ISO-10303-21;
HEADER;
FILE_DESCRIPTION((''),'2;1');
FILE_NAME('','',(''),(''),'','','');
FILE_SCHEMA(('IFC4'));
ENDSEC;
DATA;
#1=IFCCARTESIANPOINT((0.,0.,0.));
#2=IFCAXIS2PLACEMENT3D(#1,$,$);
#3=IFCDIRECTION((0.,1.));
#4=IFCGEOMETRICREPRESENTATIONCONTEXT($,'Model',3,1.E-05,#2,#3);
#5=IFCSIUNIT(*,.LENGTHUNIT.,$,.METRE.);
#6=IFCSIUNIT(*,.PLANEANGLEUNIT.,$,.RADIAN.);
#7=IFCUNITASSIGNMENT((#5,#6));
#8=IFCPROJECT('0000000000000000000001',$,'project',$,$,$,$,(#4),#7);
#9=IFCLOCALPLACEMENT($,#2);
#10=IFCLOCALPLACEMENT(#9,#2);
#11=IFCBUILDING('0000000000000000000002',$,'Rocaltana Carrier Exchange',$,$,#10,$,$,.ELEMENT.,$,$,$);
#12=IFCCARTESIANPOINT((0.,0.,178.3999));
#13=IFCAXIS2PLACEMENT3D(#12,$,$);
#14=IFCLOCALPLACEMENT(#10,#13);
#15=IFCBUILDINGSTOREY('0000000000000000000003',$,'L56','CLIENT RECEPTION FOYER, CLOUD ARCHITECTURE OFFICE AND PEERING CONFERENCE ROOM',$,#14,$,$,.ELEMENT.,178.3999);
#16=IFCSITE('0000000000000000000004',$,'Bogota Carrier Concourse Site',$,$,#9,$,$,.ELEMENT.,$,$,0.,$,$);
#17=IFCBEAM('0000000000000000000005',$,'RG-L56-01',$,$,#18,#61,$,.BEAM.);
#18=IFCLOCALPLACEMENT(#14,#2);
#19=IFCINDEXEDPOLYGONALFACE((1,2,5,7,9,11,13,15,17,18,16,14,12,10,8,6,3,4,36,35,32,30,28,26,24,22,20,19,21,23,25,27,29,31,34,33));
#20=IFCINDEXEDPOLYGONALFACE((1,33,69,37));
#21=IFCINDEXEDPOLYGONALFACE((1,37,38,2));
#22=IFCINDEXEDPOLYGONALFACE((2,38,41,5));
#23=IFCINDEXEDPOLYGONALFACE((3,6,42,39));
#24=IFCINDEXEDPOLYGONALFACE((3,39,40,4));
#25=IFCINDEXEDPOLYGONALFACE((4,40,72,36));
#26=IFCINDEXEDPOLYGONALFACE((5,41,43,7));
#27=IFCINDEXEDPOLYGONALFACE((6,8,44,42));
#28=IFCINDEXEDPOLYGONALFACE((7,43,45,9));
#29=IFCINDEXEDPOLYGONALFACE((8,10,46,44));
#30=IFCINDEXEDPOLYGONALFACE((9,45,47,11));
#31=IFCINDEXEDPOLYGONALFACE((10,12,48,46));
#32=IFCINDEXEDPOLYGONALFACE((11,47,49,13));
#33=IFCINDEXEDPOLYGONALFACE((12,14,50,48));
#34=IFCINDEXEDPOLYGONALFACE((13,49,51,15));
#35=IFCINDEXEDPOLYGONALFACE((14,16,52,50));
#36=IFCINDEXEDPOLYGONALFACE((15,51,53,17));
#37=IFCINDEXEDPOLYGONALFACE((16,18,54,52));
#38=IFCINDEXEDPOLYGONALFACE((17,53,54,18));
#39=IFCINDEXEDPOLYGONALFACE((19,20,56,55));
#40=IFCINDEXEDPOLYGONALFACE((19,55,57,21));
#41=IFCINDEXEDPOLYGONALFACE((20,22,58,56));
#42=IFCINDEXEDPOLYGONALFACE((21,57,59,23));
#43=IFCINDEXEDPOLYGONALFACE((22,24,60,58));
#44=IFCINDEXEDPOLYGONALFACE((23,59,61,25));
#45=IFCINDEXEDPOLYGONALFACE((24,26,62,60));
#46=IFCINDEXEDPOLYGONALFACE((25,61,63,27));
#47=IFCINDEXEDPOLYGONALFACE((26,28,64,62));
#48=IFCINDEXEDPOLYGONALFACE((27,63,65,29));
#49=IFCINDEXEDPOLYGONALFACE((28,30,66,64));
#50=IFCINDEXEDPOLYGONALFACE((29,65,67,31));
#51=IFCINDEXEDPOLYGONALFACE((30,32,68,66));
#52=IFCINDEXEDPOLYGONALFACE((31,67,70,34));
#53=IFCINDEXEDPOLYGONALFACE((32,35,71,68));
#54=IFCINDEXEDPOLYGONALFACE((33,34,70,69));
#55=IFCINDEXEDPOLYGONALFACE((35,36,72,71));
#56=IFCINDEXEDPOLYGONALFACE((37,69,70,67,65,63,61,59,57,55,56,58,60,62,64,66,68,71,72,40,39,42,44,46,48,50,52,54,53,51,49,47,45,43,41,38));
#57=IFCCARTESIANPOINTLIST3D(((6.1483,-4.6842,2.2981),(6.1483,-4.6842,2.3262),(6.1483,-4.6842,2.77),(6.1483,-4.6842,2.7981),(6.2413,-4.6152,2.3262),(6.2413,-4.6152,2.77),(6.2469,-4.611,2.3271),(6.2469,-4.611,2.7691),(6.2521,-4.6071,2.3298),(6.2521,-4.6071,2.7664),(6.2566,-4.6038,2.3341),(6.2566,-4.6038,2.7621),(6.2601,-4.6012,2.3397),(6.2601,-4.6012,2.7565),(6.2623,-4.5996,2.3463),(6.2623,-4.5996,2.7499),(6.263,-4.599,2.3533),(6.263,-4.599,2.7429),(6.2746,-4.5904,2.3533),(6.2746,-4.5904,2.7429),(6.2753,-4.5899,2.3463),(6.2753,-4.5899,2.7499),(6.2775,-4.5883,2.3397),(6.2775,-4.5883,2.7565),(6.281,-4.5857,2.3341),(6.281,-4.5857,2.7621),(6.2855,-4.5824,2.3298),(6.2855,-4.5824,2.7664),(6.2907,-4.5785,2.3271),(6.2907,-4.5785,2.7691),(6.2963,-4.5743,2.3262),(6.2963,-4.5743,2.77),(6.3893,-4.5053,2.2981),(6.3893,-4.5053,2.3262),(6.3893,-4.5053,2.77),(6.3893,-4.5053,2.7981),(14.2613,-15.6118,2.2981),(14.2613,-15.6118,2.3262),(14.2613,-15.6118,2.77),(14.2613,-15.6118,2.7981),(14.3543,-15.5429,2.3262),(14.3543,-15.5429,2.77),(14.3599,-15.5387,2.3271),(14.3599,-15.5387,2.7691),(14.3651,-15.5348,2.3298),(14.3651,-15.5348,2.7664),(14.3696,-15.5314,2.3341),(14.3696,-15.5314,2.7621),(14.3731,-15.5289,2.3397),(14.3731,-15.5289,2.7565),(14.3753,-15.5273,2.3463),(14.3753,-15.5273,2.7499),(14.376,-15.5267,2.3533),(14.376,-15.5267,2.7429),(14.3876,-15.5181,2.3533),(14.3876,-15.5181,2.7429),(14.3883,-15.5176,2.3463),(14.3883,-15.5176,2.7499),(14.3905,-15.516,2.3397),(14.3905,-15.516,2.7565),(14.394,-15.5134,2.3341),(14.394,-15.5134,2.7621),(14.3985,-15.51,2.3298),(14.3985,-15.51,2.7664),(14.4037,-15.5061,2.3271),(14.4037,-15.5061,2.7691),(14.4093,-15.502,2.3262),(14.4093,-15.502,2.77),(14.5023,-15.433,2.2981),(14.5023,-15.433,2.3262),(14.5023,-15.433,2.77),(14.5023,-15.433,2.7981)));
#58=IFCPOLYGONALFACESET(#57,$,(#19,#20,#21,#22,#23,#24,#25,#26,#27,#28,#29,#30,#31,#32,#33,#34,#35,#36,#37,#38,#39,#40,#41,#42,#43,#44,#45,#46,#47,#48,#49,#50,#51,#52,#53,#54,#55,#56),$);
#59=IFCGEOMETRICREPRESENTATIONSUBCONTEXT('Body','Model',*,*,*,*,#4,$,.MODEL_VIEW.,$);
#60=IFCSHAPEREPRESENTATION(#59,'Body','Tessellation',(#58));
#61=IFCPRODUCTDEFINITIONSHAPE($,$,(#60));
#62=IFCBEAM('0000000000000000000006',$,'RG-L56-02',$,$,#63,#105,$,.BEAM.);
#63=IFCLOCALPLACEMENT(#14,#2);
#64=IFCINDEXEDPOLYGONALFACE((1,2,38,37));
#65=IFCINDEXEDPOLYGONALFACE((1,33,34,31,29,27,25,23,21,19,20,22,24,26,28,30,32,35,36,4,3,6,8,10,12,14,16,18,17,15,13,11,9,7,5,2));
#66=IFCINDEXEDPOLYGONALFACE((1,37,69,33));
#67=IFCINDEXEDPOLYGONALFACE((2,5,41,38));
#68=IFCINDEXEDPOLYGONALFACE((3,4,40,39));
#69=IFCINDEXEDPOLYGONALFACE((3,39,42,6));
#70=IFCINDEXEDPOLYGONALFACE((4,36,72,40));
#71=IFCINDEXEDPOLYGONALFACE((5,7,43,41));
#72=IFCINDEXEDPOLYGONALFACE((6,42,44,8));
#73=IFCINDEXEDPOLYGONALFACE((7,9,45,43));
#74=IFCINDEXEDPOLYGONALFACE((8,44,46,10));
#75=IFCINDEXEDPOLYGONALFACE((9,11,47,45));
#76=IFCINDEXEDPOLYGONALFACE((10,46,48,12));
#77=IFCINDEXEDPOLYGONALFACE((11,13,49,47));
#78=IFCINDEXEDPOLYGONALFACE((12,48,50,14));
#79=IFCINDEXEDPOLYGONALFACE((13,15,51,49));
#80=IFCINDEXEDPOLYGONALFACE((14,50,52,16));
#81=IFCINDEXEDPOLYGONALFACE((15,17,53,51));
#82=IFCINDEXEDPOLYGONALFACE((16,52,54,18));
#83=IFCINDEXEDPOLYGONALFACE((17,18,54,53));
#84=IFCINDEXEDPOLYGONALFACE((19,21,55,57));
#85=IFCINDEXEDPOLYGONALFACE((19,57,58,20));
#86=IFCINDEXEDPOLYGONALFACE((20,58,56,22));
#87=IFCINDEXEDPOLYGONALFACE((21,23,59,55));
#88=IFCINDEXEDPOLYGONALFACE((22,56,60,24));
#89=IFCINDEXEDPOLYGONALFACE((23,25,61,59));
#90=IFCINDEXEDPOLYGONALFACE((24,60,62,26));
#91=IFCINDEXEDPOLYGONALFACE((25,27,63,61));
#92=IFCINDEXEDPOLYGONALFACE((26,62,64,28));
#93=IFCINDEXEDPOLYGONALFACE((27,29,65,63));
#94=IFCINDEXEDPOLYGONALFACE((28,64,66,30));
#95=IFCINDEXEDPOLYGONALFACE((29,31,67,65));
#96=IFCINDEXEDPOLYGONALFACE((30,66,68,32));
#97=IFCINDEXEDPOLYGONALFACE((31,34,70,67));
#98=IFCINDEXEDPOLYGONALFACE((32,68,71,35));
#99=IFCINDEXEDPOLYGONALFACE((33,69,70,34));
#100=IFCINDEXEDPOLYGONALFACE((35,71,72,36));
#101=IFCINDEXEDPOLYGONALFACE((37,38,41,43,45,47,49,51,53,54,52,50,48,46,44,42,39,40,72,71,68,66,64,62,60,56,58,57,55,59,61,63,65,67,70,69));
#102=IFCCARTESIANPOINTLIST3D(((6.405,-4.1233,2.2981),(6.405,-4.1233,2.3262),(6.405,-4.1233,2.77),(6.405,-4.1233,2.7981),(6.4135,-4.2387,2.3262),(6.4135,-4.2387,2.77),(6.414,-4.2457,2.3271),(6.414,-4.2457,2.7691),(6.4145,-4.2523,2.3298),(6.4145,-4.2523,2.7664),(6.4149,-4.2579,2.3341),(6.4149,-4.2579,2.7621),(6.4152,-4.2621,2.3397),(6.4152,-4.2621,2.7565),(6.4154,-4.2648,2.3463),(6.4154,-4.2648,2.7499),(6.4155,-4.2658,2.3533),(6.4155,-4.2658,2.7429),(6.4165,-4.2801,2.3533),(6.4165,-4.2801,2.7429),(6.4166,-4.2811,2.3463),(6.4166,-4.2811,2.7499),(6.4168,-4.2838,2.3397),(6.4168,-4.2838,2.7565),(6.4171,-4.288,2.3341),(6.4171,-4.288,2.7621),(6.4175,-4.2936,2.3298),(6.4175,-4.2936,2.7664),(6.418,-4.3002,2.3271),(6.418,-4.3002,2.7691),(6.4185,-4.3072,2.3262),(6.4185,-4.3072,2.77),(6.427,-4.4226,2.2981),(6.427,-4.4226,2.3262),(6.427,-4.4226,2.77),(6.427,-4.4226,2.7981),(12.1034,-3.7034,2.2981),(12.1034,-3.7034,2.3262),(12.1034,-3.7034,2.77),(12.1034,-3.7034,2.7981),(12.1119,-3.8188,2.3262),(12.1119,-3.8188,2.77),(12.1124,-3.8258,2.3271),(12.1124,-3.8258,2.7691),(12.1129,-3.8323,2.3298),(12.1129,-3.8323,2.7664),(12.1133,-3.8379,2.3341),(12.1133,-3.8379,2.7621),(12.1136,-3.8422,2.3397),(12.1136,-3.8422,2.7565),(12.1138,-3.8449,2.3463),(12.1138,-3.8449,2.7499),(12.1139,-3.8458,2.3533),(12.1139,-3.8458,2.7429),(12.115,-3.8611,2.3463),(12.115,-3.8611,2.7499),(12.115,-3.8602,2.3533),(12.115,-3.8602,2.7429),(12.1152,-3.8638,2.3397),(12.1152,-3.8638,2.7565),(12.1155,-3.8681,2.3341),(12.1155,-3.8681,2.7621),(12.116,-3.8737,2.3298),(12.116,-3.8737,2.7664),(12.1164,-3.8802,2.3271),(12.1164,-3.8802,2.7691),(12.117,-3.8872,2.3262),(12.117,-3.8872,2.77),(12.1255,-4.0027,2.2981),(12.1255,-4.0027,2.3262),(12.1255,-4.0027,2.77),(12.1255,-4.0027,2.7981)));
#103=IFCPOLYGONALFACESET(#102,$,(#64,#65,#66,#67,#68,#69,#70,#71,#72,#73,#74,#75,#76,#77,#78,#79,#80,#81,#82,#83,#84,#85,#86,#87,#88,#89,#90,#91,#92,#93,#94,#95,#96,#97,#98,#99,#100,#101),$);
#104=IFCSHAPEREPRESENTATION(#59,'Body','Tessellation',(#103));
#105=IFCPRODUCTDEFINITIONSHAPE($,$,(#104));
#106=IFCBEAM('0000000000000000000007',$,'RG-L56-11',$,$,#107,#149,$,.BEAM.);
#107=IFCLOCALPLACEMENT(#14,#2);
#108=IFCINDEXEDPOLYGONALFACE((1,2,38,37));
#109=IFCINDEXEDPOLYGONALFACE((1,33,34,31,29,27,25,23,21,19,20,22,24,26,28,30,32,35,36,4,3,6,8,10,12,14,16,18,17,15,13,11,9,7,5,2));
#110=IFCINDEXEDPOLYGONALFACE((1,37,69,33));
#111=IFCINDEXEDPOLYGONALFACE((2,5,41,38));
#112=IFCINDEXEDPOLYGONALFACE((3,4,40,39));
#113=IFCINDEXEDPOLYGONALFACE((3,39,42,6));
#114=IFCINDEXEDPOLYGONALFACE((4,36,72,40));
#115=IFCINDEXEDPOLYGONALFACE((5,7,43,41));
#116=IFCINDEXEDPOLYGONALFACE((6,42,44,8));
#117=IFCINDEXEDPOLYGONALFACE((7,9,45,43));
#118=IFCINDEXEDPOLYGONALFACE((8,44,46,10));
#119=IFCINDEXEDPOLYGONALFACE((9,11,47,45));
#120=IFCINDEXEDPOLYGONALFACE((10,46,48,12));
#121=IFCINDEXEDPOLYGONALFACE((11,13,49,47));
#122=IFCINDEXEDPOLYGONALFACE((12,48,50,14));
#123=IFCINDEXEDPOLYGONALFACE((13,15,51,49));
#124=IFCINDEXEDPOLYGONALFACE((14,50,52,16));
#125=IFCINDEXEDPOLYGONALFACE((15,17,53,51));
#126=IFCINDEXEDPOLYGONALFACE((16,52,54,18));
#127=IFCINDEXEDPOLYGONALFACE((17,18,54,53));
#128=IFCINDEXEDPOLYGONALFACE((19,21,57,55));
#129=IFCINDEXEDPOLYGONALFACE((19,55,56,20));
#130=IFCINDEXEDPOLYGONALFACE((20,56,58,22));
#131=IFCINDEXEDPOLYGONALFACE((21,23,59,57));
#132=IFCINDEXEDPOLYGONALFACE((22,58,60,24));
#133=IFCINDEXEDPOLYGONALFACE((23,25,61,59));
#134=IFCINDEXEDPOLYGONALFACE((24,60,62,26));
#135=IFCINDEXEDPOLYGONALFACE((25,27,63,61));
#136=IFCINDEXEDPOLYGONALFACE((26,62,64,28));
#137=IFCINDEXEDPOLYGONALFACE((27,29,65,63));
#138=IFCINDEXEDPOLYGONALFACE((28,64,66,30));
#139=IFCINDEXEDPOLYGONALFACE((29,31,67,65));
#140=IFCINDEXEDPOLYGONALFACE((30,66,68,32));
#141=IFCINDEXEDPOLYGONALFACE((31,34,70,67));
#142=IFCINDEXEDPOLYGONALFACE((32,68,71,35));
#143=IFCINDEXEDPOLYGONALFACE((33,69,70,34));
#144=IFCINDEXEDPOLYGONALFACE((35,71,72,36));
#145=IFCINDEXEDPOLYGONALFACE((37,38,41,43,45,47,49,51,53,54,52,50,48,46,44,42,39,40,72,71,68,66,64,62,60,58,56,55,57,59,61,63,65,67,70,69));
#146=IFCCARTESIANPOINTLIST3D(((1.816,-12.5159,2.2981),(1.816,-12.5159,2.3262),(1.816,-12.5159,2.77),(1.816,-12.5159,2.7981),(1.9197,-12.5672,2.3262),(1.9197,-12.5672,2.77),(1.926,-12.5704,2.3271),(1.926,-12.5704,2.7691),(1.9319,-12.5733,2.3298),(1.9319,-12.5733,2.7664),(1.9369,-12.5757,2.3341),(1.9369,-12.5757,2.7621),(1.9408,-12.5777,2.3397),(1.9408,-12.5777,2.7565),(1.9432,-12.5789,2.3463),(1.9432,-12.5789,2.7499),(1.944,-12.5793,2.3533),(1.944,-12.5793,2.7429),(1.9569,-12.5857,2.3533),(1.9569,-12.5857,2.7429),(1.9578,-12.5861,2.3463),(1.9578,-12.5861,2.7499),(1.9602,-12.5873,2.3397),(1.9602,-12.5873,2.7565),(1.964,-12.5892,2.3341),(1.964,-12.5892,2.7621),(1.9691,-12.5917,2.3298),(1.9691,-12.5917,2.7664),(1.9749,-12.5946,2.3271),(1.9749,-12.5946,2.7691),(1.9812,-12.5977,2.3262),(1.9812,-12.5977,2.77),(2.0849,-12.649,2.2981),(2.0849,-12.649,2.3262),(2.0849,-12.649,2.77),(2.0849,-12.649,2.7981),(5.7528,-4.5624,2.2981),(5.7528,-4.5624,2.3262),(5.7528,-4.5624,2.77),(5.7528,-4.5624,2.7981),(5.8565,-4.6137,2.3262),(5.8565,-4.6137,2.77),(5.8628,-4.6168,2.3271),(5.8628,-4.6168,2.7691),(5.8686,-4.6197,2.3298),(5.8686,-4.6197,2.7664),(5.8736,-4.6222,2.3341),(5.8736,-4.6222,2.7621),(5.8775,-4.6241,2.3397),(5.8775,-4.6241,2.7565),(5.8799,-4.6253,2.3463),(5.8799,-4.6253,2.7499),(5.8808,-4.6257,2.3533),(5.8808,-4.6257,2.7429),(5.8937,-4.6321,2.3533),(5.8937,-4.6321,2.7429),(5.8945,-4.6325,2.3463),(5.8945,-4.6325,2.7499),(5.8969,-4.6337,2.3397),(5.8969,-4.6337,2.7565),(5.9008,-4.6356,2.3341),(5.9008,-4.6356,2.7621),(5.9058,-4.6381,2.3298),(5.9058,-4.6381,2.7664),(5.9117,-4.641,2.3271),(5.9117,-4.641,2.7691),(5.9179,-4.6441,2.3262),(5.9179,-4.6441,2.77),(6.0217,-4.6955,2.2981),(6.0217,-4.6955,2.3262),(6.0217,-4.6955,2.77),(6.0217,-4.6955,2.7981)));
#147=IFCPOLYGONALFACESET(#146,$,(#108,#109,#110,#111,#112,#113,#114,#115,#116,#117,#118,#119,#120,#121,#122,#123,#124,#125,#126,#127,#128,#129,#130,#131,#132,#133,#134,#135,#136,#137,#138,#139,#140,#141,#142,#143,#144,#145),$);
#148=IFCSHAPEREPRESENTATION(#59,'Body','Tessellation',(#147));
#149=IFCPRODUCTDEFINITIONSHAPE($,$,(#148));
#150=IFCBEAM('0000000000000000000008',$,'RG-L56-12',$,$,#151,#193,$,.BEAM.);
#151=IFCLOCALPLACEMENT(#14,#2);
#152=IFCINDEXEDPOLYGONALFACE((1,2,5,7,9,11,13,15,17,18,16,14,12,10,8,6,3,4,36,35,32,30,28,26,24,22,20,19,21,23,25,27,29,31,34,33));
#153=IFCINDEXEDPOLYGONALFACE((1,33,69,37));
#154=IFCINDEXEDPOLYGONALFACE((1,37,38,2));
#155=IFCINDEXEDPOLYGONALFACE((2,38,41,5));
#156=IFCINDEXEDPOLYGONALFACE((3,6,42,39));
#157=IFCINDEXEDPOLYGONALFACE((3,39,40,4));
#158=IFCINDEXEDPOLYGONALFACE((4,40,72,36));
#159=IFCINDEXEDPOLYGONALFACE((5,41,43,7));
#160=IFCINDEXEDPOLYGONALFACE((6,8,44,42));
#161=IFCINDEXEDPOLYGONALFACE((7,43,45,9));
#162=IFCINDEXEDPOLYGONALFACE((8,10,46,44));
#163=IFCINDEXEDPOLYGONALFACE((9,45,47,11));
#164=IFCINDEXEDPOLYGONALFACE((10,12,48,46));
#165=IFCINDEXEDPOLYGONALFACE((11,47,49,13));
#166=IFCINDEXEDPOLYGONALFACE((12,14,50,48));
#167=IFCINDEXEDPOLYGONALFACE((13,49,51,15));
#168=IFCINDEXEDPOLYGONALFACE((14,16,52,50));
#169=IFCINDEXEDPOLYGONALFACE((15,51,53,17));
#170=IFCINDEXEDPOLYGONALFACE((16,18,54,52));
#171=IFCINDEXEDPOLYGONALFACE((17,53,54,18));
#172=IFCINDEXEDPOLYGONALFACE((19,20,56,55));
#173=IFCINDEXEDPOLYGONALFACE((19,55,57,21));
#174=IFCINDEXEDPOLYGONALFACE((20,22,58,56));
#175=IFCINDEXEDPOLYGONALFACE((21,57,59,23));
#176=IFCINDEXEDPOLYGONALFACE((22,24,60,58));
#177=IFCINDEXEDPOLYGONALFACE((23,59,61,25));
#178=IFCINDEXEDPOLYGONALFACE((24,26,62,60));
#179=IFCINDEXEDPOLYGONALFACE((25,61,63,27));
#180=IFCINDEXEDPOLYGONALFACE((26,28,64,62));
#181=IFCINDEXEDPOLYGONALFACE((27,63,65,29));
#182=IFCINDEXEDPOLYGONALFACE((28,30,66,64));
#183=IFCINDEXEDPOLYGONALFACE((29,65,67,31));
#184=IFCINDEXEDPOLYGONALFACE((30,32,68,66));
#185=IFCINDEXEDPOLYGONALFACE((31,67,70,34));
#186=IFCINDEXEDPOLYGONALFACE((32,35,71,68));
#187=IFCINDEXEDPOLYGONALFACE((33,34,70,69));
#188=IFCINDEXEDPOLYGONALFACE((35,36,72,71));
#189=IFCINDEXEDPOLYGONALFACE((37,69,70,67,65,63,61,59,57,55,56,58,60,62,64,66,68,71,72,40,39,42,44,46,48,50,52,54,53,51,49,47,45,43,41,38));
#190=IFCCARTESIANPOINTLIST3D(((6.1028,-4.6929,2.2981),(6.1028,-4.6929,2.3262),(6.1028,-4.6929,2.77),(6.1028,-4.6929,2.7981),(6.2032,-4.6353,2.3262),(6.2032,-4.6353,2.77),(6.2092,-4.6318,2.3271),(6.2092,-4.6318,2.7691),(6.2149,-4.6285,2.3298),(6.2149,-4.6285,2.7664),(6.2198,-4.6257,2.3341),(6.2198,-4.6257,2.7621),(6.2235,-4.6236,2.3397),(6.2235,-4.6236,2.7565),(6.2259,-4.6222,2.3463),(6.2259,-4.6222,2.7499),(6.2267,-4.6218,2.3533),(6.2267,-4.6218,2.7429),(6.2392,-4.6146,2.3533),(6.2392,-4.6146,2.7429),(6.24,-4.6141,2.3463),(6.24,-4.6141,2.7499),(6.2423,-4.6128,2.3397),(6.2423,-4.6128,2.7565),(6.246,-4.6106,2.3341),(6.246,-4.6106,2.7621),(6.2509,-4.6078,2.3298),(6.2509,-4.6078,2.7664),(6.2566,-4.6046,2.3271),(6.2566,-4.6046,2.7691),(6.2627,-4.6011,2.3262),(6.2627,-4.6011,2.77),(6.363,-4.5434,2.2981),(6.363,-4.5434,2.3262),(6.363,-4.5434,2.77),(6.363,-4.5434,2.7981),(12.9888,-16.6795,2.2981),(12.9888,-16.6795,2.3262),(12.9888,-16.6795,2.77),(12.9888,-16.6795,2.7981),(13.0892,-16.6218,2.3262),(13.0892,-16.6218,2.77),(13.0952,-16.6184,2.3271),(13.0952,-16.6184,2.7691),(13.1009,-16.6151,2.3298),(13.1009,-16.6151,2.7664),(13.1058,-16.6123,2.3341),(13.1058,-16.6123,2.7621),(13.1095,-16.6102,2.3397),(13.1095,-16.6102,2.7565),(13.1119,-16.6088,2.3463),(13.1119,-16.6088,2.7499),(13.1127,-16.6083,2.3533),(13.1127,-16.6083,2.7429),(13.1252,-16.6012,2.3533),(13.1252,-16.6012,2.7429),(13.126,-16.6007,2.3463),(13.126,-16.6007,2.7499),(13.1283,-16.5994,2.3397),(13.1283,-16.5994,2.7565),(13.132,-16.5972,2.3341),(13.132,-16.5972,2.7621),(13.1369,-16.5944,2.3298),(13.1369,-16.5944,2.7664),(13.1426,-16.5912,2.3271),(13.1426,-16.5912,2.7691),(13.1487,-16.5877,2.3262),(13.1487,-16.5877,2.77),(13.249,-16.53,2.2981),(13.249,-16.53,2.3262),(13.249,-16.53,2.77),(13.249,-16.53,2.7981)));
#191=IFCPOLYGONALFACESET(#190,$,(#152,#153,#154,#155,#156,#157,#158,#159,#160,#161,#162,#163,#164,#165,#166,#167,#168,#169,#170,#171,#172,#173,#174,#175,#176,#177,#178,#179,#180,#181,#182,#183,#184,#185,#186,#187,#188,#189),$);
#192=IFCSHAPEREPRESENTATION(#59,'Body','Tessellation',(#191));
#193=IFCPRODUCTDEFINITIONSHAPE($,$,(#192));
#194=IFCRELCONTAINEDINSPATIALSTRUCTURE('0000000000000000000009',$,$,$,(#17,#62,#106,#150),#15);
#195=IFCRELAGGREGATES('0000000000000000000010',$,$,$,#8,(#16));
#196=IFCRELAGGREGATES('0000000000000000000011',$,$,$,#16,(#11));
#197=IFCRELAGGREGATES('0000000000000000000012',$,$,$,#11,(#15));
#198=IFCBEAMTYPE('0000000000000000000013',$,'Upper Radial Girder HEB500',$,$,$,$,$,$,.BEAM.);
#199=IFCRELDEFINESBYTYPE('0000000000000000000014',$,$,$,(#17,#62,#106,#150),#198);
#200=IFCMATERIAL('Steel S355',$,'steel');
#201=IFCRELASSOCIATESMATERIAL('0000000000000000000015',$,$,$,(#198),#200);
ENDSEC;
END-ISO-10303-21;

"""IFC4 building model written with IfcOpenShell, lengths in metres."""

from ifc_helpers import new_model, si_unit, direction, frame, origin, origin_2d, place, context, subcontext, project, spatial, i_section, extrude, material, material_profile, profile_set, type_object, element, save


model = new_model("IFC4")

# Units and contexts
model_context = context("Model", 3, precision=1e-05, world=origin(), true_north=direction((0.0, 1.0)))
body_context = subcontext(model_context, "Body", "Model", "MODEL_VIEW")
ifc_project = project(units=[si_unit("LENGTHUNIT", "METRE"), si_unit("PLANEANGLEUNIT", "RADIAN")], contexts=[model_context])

# Site, building, storey
site_placement = place(None, origin())
site = spatial("IfcSite", under=ifc_project, at=site_placement, Name="Bogota Carrier Concourse Site", CompositionType="ELEMENT", RefElevation=0.0)
building_placement = place(site_placement, origin())
building = spatial("IfcBuilding", under=site, at=building_placement, Name="Rocaltana Carrier Exchange", CompositionType="ELEMENT")
storey_placement = place(building_placement, frame((0.0, 0.0, 178.3999)))
storey = spatial("IfcBuildingStorey", under=building, at=storey_placement, Name="L56", Description="CLIENT RECEPTION FOYER, CLOUD ARCHITECTURE OFFICE AND PEERING CONFERENCE ROOM", CompositionType="ELEMENT", Elevation=178.3999)

# Beams
ifc_material_1 = material(Name="Steel S355", Category="steel")
ifc_material_profile_1 = material_profile(ifc_material_1, i_section(OverallWidth=0.3, OverallDepth=0.5, WebThickness=0.0144, FlangeThickness=0.0281, FilletRadius=0.0271, at=origin_2d()), Name="HEB500")
ifc_profile_set_1 = profile_set([ifc_material_profile_1], Name="Steel S355")
beam_type_1 = type_object("IfcBeamType", Name="Upper Radial Girder HEB500", PredefinedType="BEAM", material=ifc_profile_set_1)
beam_1_placement = place(storey_placement, frame((6.2688, -4.5947, 2.5481), z_axis=(0.596101, -0.802909, 0.0), x_axis=(0.802909, 0.596101, 0.0)))
element("IfcBeam", 1, at=beam_1_placement, inside=storey, type_object=beam_type_1, Name="RG-L56-01", PredefinedType="BEAM", context=body_context, shape_type="SweptSolid", body=[
    extrude(i_section(OverallWidth=0.3, OverallDepth=0.5, WebThickness=0.0144, FlangeThickness=0.0281, FilletRadius=0.0271, at=origin_2d()), origin(), (0.0, 0.0, 1.0), 13.6101),
])
beam_2_placement = place(storey_placement, frame((6.416, -4.2729, 2.5481), z_axis=(0.997296, 0.073491, 0.0), x_axis=(-0.073491, 0.997296, 0.0)))
element("IfcBeam", 2, at=beam_2_placement, inside=storey, type_object=beam_type_1, Name="RG-L56-02", PredefinedType="BEAM", context=body_context, shape_type="SweptSolid", body=[
    extrude(i_section(OverallWidth=0.3, OverallDepth=0.5, WebThickness=0.0144, FlangeThickness=0.0281, FilletRadius=0.0271, at=origin_2d()), origin(), (0.0, 0.0, 1.0), 5.7139),
])
beam_3_placement = place(storey_placement, frame((5.8872, -4.6289, 2.5481), z_axis=(-0.443601, -0.896225, 0.0), x_axis=(0.896225, -0.443601, 0.0)))
element("IfcBeam", 3, at=beam_3_placement, inside=storey, type_object=beam_type_1, Name="RG-L56-11", PredefinedType="BEAM", context=body_context, shape_type="SweptSolid", body=[
    extrude(i_section(OverallWidth=0.3, OverallDepth=0.5, WebThickness=0.0144, FlangeThickness=0.0281, FilletRadius=0.0271, at=origin_2d()), origin(), (0.0, 0.0, 1.0), 8.8745),
])
beam_4_placement = place(storey_placement, frame((6.2329, -4.6182, 2.5481), z_axis=(0.498129, -0.867103, 0.0), x_axis=(0.867103, 0.498129, 0.0)))
element("IfcBeam", 4, at=beam_4_placement, inside=storey, type_object=beam_type_1, Name="RG-L56-12", PredefinedType="BEAM", context=body_context, shape_type="SweptSolid", body=[
    extrude(i_section(OverallWidth=0.3, OverallDepth=0.5, WebThickness=0.0144, FlangeThickness=0.0281, FilletRadius=0.0271, at=origin_2d()), origin(), (0.0, 0.0, 1.0), 13.8237),
])

save(model, "model.ifc")
